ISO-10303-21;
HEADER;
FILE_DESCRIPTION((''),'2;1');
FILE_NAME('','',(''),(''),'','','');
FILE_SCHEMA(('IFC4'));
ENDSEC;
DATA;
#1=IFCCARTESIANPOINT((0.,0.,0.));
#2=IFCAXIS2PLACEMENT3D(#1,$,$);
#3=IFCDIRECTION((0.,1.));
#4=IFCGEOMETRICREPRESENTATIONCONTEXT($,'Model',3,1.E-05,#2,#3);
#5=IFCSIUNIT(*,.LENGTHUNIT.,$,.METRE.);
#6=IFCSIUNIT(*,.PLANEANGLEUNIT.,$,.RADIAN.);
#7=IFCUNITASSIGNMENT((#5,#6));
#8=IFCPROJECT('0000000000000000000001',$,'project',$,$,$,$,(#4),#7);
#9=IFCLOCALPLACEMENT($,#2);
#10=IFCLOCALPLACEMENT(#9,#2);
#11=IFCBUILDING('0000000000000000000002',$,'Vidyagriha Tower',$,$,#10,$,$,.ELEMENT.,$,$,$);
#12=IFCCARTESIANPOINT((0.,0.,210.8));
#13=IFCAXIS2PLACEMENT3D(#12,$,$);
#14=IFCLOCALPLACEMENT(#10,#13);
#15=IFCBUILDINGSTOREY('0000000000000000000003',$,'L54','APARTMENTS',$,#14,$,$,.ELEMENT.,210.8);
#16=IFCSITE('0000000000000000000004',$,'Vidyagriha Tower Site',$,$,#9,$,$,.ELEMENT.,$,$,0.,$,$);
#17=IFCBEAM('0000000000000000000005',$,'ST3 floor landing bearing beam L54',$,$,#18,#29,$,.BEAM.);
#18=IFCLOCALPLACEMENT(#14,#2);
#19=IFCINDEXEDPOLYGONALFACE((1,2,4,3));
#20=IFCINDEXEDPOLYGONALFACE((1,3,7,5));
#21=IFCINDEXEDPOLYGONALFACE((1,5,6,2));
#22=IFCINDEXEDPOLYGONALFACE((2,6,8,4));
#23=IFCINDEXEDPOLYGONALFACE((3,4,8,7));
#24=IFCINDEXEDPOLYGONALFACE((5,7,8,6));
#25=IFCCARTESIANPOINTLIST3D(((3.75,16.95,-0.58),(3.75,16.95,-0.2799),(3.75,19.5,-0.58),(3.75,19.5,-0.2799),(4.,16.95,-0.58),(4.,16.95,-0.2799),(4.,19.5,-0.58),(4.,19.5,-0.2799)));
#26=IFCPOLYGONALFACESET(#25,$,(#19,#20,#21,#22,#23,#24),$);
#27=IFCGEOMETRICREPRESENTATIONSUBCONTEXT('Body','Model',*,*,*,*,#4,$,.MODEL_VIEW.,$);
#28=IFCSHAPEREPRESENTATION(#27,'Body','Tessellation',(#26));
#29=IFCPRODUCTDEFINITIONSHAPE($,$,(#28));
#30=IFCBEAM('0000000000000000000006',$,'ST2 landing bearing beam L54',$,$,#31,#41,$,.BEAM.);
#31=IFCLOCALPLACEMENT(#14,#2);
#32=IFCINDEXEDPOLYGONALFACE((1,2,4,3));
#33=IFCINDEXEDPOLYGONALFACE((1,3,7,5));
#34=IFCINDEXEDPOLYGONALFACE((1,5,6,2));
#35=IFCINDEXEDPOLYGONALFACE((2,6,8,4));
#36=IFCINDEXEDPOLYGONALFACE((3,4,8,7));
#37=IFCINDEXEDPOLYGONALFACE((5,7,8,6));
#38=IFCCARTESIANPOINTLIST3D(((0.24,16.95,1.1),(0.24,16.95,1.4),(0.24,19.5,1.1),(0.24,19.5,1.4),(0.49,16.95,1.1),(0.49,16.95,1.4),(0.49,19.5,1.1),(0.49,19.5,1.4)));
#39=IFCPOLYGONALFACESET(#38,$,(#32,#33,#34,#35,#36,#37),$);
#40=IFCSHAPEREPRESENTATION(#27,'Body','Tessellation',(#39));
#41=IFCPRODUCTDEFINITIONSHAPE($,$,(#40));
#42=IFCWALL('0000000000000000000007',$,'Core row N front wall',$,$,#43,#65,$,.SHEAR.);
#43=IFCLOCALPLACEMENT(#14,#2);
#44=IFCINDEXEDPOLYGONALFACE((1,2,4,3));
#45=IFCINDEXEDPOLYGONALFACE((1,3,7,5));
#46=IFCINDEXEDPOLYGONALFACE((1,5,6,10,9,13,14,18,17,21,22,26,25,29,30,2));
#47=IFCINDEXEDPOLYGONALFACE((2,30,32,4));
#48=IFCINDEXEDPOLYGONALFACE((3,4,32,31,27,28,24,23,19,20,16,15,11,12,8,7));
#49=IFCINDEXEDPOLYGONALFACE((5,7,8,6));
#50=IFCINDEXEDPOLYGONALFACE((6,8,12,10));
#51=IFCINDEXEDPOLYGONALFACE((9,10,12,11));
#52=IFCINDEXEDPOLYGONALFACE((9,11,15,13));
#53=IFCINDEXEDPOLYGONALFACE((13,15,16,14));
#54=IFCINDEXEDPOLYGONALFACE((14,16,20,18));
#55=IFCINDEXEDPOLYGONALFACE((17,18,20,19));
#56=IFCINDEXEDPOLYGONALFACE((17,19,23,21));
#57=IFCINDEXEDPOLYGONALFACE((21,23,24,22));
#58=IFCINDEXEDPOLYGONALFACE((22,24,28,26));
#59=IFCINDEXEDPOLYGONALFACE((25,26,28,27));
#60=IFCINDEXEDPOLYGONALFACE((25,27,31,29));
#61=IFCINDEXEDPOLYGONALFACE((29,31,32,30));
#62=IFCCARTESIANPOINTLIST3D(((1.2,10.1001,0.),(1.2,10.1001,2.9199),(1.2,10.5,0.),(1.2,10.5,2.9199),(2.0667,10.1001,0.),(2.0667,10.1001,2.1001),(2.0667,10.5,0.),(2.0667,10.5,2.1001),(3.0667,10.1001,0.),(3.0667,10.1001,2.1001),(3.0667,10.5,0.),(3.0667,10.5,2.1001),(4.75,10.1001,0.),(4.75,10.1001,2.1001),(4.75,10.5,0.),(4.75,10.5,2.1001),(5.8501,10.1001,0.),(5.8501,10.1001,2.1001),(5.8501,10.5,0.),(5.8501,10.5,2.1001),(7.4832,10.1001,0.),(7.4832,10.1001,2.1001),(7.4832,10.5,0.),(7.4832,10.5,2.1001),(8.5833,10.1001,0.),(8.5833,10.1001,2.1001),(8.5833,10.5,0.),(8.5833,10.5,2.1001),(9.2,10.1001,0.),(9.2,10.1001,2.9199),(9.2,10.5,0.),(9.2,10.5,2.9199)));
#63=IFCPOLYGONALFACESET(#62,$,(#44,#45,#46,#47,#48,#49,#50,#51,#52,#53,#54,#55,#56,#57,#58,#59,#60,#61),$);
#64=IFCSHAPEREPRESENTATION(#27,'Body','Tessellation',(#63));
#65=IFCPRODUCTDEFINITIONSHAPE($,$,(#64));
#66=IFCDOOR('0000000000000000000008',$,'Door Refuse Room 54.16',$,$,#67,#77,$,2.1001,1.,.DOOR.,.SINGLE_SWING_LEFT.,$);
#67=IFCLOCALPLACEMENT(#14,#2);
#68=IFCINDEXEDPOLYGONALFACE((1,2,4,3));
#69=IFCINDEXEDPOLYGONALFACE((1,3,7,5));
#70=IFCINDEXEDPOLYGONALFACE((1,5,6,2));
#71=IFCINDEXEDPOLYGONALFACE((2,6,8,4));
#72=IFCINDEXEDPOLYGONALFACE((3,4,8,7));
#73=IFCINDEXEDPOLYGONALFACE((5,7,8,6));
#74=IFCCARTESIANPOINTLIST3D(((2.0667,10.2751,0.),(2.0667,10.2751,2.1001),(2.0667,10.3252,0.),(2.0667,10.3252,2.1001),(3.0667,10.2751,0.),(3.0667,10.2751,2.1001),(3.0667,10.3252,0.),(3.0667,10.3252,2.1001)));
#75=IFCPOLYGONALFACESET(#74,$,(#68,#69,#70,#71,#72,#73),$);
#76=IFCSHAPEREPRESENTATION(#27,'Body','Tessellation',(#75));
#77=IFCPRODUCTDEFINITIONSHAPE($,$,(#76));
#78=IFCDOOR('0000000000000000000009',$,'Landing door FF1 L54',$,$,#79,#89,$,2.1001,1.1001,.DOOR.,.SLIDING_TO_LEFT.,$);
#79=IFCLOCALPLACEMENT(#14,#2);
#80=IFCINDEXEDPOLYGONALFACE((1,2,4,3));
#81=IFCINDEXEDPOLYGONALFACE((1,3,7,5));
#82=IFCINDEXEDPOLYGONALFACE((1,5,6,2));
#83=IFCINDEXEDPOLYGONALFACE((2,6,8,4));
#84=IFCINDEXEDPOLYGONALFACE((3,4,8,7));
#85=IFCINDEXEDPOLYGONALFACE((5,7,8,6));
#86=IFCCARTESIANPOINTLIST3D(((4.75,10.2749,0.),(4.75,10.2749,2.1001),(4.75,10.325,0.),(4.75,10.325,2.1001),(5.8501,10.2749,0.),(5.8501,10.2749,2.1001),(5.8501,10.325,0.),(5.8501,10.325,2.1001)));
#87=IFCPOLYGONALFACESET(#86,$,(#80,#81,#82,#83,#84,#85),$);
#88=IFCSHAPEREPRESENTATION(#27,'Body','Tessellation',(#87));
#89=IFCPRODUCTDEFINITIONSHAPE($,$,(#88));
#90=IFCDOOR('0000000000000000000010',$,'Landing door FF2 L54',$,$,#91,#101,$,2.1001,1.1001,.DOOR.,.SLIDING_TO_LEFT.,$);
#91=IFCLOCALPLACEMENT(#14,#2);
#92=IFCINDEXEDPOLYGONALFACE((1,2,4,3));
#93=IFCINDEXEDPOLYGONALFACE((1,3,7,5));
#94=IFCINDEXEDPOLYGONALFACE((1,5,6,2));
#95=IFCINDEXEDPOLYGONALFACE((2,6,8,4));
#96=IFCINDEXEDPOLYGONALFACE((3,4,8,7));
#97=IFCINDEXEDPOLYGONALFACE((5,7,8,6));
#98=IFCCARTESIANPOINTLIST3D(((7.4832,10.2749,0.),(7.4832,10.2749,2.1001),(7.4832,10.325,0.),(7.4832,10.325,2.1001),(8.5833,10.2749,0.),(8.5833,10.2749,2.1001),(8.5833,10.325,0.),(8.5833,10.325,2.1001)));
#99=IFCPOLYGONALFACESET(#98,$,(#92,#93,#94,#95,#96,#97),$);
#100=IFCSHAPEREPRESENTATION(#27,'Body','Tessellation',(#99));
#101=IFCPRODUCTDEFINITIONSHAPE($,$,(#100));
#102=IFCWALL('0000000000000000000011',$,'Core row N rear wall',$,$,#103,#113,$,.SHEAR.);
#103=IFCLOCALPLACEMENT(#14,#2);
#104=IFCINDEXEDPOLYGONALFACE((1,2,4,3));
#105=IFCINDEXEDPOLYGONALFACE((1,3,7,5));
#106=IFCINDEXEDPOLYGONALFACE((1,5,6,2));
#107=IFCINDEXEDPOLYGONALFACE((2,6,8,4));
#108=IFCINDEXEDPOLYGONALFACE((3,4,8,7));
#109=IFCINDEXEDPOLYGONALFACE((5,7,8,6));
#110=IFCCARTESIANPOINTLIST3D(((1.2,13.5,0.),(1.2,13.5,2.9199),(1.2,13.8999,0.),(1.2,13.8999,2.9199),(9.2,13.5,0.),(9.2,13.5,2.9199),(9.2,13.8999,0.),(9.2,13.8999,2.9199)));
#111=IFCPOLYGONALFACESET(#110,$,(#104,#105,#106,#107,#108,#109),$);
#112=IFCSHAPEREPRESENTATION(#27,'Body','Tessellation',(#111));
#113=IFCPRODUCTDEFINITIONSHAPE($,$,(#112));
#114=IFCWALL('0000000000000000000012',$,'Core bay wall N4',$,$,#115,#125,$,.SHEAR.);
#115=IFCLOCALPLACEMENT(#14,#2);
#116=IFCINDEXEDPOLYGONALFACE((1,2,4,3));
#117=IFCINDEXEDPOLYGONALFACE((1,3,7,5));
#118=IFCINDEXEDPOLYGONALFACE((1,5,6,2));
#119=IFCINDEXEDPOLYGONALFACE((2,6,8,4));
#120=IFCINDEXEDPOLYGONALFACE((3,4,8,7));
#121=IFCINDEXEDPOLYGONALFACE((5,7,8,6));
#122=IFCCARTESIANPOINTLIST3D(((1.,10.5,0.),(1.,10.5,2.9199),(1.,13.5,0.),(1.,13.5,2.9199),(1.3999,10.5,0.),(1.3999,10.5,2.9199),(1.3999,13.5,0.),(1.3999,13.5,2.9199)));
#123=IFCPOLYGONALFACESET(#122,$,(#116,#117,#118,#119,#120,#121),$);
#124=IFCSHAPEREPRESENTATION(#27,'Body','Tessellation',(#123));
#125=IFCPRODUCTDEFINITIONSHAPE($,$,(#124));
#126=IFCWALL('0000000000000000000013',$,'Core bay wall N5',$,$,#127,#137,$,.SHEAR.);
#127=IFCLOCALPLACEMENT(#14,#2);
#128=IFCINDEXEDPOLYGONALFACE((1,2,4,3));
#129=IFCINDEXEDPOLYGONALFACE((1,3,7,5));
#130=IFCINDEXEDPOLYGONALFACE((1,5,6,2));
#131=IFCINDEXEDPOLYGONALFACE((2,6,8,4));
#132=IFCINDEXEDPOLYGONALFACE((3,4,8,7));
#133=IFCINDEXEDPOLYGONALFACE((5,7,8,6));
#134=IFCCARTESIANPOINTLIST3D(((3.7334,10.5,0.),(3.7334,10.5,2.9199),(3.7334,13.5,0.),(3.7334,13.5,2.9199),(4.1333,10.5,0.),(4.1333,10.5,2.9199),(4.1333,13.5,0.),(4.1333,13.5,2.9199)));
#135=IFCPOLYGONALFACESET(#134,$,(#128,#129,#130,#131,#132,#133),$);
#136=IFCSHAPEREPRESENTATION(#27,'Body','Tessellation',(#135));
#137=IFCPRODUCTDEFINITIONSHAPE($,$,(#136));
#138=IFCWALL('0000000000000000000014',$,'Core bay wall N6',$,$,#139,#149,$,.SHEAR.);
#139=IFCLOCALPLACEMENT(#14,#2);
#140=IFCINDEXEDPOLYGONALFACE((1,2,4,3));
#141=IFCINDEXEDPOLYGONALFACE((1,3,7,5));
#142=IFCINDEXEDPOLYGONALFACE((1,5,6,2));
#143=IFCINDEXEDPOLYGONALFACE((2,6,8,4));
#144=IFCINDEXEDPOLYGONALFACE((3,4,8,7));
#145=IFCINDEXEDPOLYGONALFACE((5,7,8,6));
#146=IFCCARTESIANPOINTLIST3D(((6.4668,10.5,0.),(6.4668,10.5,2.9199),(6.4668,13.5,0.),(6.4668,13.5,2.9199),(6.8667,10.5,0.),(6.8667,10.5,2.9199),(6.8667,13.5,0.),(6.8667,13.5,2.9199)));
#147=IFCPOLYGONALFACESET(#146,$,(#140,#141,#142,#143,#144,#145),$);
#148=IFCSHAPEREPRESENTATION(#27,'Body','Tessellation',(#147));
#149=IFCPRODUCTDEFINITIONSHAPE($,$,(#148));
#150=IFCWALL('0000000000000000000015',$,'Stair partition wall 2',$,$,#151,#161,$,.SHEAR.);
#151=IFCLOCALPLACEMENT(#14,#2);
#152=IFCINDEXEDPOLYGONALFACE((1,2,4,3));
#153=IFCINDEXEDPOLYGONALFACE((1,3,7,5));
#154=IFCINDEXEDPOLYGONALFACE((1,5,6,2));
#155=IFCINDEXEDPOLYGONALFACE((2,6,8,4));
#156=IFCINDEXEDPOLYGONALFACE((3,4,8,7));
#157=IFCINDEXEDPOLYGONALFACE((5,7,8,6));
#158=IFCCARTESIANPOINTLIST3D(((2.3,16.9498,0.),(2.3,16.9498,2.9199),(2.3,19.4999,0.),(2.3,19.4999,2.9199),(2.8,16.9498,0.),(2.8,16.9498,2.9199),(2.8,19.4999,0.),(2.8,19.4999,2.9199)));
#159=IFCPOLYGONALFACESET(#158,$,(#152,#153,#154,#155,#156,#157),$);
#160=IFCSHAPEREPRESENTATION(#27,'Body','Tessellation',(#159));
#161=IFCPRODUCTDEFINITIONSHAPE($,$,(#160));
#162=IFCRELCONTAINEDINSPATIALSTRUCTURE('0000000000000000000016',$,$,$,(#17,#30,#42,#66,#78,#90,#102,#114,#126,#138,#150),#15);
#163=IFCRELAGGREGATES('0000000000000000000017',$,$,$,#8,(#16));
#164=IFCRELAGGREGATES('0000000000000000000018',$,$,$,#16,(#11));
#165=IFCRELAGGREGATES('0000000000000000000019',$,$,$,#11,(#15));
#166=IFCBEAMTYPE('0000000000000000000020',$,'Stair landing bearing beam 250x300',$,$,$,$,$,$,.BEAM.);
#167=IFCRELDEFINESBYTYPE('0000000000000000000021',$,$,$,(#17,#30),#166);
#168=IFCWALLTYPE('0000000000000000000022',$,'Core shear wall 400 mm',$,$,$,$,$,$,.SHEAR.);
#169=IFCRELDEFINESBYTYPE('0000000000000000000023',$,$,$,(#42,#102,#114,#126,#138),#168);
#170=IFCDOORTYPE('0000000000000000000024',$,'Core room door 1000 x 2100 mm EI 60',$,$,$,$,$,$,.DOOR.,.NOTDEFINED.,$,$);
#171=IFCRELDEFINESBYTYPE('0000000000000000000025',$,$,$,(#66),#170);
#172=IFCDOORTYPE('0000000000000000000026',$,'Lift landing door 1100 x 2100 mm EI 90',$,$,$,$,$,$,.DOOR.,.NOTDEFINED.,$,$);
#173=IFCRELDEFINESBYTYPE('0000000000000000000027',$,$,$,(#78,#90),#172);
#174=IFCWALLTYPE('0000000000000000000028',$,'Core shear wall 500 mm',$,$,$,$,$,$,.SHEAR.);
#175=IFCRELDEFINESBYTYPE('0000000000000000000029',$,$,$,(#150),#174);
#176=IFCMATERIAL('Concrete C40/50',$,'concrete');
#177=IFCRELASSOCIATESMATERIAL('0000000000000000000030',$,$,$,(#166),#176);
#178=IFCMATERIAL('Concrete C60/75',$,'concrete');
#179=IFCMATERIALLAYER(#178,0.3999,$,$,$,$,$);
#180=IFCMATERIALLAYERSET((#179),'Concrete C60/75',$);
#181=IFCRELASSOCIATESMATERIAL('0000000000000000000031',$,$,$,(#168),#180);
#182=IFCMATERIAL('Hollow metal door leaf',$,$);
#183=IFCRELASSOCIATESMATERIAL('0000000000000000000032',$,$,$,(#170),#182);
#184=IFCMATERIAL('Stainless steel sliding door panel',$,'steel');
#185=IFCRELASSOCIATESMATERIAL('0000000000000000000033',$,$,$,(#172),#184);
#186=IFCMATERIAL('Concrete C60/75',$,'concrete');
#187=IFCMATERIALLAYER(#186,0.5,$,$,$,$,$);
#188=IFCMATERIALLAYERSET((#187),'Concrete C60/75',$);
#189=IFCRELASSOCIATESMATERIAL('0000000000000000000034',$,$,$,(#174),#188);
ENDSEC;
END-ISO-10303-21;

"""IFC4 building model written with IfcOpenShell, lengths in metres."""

from ifc_helpers import new_model, si_unit, direction, frame, frame_2d, origin, origin_2d, place, context, subcontext, project, spatial, rectangle, extrude, material, layer, layer_set, material_profile, profile_set, type_object, element, fill, save


model = new_model("IFC4")

# Units and contexts
model_context = context("Model", 3, precision=1e-05, world=origin(), true_north=direction((0.0, 1.0)))
body_context = subcontext(model_context, "Body", "Model", "MODEL_VIEW")
ifc_project = project(units=[si_unit("LENGTHUNIT", "METRE"), si_unit("PLANEANGLEUNIT", "RADIAN")], contexts=[model_context])

# Site, building, storey
site_placement = place(None, origin())
site = spatial("IfcSite", under=ifc_project, at=site_placement, Name="Vidyagriha Tower Site", CompositionType="ELEMENT", RefElevation=0.0)
building_placement = place(site_placement, origin())
building = spatial("IfcBuilding", under=site, at=building_placement, Name="Vidyagriha Tower", CompositionType="ELEMENT")
storey_placement = place(building_placement, frame((0.0, 0.0, 210.8)))
storey = spatial("IfcBuildingStorey", under=building, at=storey_placement, Name="L54", Description="APARTMENTS", CompositionType="ELEMENT", Elevation=210.8)

# Beams
ifc_material_1 = material(Name="Concrete C40/50", Category="concrete")
ifc_material_profile = material_profile(ifc_material_1, rectangle(XDim=0.25, YDim=0.3, at=origin_2d()), Name="Stair landing bearing beam 250x300")
ifc_profile_set = profile_set([ifc_material_profile], Name="Concrete C40/50")
beam_type = type_object("IfcBeamType", Name="Stair landing bearing beam 250x300", PredefinedType="BEAM", material=ifc_profile_set)
for number, where, z_axis, x_axis, name in (
    (1, (3.875, 16.95, -0.4299), (0.0, 1.0, 0.0), (-1.0, 0.0, 0.0), "ST3 floor landing bearing beam L54"),
    (2, (0.365, 16.95, 1.25), (0.0, 1.0, 0.0), (-1.0, 0.0, 0.0), "ST2 landing bearing beam L54"),
):
    element("IfcBeam", number, at=place(storey_placement, frame(where, z_axis=z_axis, x_axis=x_axis)), inside=storey, type_object=beam_type, Name=name, PredefinedType="BEAM", context=body_context, shape_type="SweptSolid", body=[
        extrude(rectangle(XDim=0.25, YDim=0.3, at=origin_2d()), origin(), (0.0, 0.0, 1.0), 2.55),
    ])

# Wall, openings, doors
ifc_material_2 = material(Name="Concrete C60/75", Category="concrete")
ifc_layer_1 = layer(ifc_material_2, 0.3999)
ifc_layer_set_1 = layer_set([ifc_layer_1], Name="Concrete C60/75")
wall_type_1 = type_object("IfcWallType", Name="Core shear wall 400 mm", PredefinedType="SHEAR", material=ifc_layer_set_1)
wall_1_placement = place(storey_placement, frame((1.2, 10.3, 0.0)))
wall_1 = element("IfcWall", 3, at=wall_1_placement, inside=storey, type_object=wall_type_1, Name="Core row N front wall", PredefinedType="SHEAR", context=body_context, shape_type="SweptSolid", body=[
    extrude(rectangle(XDim=8.0, YDim=0.3999, at=frame_2d((4.0, 0.0))), origin(), (0.0, 0.0, 1.0), 2.9199),
])
opening_1_placement = place(wall_1_placement, frame((3.55, 0.0, 0.0)))
opening_1 = element("IfcOpeningElement", 4, at=opening_1_placement, cuts=wall_1, PredefinedType="OPENING", context=body_context, shape_type="SweptSolid", body=[
    extrude(rectangle(XDim=1.1001, YDim=2.1001, at=frame_2d((0.55, 1.05))), frame((0.0, 0.21, 0.0), z_axis=(0.0, -1.0, 0.0), x_axis=(1.0, 0.0, 0.0)), (0.0, 0.0, 1.0), 0.4199),
])
opening_2_placement = place(wall_1_placement, frame((6.2832, 0.0, 0.0)))
opening_2 = element("IfcOpeningElement", 5, at=opening_2_placement, cuts=wall_1, PredefinedType="OPENING", context=body_context, shape_type="SweptSolid", body=[
    extrude(rectangle(XDim=1.1001, YDim=2.1001, at=frame_2d((0.55, 1.05))), frame((0.0, 0.21, 0.0), z_axis=(0.0, -1.0, 0.0), x_axis=(1.0, 0.0, 0.0)), (0.0, 0.0, 1.0), 0.4199),
])
opening_3_placement = place(wall_1_placement, frame((0.8667, 0.0, 0.0)))
opening_3 = element("IfcOpeningElement", 6, at=opening_3_placement, cuts=wall_1, PredefinedType="OPENING", context=body_context, shape_type="SweptSolid", body=[
    extrude(rectangle(XDim=1.0, YDim=2.1001, at=frame_2d((0.5, 1.05))), frame((0.0, 0.21, 0.0), z_axis=(0.0, -1.0, 0.0), x_axis=(1.0, 0.0, 0.0)), (0.0, 0.0, 1.0), 0.4199),
])
ifc_material_3 = material(Name="Hollow metal door leaf")
door_type_1 = type_object("IfcDoorType", Name="Core room door 1000 x 2100 mm EI 60", OperationType="NOTDEFINED", PredefinedType="DOOR", material=ifc_material_3)
door_1_placement = place(opening_3_placement, frame((1.0, 0.0, 0.0), z_axis=(0.0, 0.0, 1.0), x_axis=(-1.0, 0.0, 0.0)))
door_1 = element("IfcDoor", 7, at=door_1_placement, inside=storey, type_object=door_type_1, Name="Door Refuse Room 54.16", OperationType="SINGLE_SWING_LEFT", OverallHeight=2.1001, OverallWidth=1.0, PredefinedType="DOOR", context=body_context, shape_type="SweptSolid", body=[
    extrude(rectangle(XDim=1.0, YDim=2.1001, at=frame_2d((0.5, 1.05))), frame((0.0, 0.0249, 0.0), z_axis=(0.0, -1.0, 0.0), x_axis=(1.0, 0.0, 0.0)), (0.0, 0.0, 1.0), 0.05),
])
fill(opening_3, door_1)
ifc_material_4 = material(Name="Stainless steel sliding door panel", Category="steel")
door_type_2 = type_object("IfcDoorType", Name="Lift landing door 1100 x 2100 mm EI 90", OperationType="NOTDEFINED", PredefinedType="DOOR", material=ifc_material_4)
door_2_placement = place(opening_1_placement, origin())
door_2 = element("IfcDoor", 8, at=door_2_placement, inside=storey, type_object=door_type_2, Name="Landing door FF1 L54", OperationType="SLIDING_TO_LEFT", OverallHeight=2.1001, OverallWidth=1.1001, PredefinedType="DOOR", context=body_context, shape_type="SweptSolid", body=[
    extrude(rectangle(XDim=1.1001, YDim=2.1001, at=frame_2d((0.55, 1.05))), frame((0.0, 0.0249, 0.0), z_axis=(0.0, -1.0, 0.0), x_axis=(1.0, 0.0, 0.0)), (0.0, 0.0, 1.0), 0.05),
])
fill(opening_1, door_2)
door_3_placement = place(opening_2_placement, origin())
door_3 = element("IfcDoor", 9, at=door_3_placement, inside=storey, type_object=door_type_2, Name="Landing door FF2 L54", OperationType="SLIDING_TO_LEFT", OverallHeight=2.1001, OverallWidth=1.1001, PredefinedType="DOOR", context=body_context, shape_type="SweptSolid", body=[
    extrude(rectangle(XDim=1.1001, YDim=2.1001, at=frame_2d((0.55, 1.05))), frame((0.0, 0.0249, 0.0), z_axis=(0.0, -1.0, 0.0), x_axis=(1.0, 0.0, 0.0)), (0.0, 0.0, 1.0), 0.05),
])
fill(opening_2, door_3)

# Walls
wall_2_placement = place(storey_placement, frame((1.2, 13.7, 0.0)))
element("IfcWall", 10, at=wall_2_placement, inside=storey, type_object=wall_type_1, Name="Core row N rear wall", PredefinedType="SHEAR", context=body_context, shape_type="SweptSolid", body=[
    extrude(rectangle(XDim=8.0, YDim=0.3999, at=frame_2d((4.0, 0.0))), origin(), (0.0, 0.0, 1.0), 2.9199),
])
for number, where, z_axis, x_axis, name in (
    (11, (1.2, 10.5, 0.0), (0.0, 0.0, 1.0), (0.0, 1.0, 0.0), "Core bay wall N4"),
    (12, (3.9333, 10.5, 0.0), (0.0, 0.0, 1.0), (0.0, 1.0, 0.0), "Core bay wall N5"),
    (13, (6.6667, 10.5, 0.0), (0.0, 0.0, 1.0), (0.0, 1.0, 0.0), "Core bay wall N6"),
):
    element("IfcWall", number, at=place(storey_placement, frame(where, z_axis=z_axis, x_axis=x_axis)), inside=storey, type_object=wall_type_1, Name=name, PredefinedType="SHEAR", context=body_context, shape_type="SweptSolid", body=[
        extrude(rectangle(XDim=3.0, YDim=0.3999, at=frame_2d((1.5, 0.0))), origin(), (0.0, 0.0, 1.0), 2.9199),
    ])
ifc_material_5 = material(Name="Concrete C60/75", Category="concrete")
ifc_layer_2 = layer(ifc_material_5, 0.5)
ifc_layer_set_2 = layer_set([ifc_layer_2], Name="Concrete C60/75")
wall_type_2 = type_object("IfcWallType", Name="Core shear wall 500 mm", PredefinedType="SHEAR", material=ifc_layer_set_2)
wall_3_placement = place(storey_placement, frame((2.55, 16.95, 0.0), z_axis=(0.0, 0.0, 1.0), x_axis=(0.0, 1.0, 0.0)))
element("IfcWall", 14, at=wall_3_placement, inside=storey, type_object=wall_type_2, Name="Stair partition wall 2", PredefinedType="SHEAR", context=body_context, shape_type="SweptSolid", body=[
    extrude(rectangle(XDim=2.55, YDim=0.5, at=frame_2d((1.2749, 0.0))), origin(), (0.0, 0.0, 1.0), 2.9199),
])

save(model, "model.ifc")
